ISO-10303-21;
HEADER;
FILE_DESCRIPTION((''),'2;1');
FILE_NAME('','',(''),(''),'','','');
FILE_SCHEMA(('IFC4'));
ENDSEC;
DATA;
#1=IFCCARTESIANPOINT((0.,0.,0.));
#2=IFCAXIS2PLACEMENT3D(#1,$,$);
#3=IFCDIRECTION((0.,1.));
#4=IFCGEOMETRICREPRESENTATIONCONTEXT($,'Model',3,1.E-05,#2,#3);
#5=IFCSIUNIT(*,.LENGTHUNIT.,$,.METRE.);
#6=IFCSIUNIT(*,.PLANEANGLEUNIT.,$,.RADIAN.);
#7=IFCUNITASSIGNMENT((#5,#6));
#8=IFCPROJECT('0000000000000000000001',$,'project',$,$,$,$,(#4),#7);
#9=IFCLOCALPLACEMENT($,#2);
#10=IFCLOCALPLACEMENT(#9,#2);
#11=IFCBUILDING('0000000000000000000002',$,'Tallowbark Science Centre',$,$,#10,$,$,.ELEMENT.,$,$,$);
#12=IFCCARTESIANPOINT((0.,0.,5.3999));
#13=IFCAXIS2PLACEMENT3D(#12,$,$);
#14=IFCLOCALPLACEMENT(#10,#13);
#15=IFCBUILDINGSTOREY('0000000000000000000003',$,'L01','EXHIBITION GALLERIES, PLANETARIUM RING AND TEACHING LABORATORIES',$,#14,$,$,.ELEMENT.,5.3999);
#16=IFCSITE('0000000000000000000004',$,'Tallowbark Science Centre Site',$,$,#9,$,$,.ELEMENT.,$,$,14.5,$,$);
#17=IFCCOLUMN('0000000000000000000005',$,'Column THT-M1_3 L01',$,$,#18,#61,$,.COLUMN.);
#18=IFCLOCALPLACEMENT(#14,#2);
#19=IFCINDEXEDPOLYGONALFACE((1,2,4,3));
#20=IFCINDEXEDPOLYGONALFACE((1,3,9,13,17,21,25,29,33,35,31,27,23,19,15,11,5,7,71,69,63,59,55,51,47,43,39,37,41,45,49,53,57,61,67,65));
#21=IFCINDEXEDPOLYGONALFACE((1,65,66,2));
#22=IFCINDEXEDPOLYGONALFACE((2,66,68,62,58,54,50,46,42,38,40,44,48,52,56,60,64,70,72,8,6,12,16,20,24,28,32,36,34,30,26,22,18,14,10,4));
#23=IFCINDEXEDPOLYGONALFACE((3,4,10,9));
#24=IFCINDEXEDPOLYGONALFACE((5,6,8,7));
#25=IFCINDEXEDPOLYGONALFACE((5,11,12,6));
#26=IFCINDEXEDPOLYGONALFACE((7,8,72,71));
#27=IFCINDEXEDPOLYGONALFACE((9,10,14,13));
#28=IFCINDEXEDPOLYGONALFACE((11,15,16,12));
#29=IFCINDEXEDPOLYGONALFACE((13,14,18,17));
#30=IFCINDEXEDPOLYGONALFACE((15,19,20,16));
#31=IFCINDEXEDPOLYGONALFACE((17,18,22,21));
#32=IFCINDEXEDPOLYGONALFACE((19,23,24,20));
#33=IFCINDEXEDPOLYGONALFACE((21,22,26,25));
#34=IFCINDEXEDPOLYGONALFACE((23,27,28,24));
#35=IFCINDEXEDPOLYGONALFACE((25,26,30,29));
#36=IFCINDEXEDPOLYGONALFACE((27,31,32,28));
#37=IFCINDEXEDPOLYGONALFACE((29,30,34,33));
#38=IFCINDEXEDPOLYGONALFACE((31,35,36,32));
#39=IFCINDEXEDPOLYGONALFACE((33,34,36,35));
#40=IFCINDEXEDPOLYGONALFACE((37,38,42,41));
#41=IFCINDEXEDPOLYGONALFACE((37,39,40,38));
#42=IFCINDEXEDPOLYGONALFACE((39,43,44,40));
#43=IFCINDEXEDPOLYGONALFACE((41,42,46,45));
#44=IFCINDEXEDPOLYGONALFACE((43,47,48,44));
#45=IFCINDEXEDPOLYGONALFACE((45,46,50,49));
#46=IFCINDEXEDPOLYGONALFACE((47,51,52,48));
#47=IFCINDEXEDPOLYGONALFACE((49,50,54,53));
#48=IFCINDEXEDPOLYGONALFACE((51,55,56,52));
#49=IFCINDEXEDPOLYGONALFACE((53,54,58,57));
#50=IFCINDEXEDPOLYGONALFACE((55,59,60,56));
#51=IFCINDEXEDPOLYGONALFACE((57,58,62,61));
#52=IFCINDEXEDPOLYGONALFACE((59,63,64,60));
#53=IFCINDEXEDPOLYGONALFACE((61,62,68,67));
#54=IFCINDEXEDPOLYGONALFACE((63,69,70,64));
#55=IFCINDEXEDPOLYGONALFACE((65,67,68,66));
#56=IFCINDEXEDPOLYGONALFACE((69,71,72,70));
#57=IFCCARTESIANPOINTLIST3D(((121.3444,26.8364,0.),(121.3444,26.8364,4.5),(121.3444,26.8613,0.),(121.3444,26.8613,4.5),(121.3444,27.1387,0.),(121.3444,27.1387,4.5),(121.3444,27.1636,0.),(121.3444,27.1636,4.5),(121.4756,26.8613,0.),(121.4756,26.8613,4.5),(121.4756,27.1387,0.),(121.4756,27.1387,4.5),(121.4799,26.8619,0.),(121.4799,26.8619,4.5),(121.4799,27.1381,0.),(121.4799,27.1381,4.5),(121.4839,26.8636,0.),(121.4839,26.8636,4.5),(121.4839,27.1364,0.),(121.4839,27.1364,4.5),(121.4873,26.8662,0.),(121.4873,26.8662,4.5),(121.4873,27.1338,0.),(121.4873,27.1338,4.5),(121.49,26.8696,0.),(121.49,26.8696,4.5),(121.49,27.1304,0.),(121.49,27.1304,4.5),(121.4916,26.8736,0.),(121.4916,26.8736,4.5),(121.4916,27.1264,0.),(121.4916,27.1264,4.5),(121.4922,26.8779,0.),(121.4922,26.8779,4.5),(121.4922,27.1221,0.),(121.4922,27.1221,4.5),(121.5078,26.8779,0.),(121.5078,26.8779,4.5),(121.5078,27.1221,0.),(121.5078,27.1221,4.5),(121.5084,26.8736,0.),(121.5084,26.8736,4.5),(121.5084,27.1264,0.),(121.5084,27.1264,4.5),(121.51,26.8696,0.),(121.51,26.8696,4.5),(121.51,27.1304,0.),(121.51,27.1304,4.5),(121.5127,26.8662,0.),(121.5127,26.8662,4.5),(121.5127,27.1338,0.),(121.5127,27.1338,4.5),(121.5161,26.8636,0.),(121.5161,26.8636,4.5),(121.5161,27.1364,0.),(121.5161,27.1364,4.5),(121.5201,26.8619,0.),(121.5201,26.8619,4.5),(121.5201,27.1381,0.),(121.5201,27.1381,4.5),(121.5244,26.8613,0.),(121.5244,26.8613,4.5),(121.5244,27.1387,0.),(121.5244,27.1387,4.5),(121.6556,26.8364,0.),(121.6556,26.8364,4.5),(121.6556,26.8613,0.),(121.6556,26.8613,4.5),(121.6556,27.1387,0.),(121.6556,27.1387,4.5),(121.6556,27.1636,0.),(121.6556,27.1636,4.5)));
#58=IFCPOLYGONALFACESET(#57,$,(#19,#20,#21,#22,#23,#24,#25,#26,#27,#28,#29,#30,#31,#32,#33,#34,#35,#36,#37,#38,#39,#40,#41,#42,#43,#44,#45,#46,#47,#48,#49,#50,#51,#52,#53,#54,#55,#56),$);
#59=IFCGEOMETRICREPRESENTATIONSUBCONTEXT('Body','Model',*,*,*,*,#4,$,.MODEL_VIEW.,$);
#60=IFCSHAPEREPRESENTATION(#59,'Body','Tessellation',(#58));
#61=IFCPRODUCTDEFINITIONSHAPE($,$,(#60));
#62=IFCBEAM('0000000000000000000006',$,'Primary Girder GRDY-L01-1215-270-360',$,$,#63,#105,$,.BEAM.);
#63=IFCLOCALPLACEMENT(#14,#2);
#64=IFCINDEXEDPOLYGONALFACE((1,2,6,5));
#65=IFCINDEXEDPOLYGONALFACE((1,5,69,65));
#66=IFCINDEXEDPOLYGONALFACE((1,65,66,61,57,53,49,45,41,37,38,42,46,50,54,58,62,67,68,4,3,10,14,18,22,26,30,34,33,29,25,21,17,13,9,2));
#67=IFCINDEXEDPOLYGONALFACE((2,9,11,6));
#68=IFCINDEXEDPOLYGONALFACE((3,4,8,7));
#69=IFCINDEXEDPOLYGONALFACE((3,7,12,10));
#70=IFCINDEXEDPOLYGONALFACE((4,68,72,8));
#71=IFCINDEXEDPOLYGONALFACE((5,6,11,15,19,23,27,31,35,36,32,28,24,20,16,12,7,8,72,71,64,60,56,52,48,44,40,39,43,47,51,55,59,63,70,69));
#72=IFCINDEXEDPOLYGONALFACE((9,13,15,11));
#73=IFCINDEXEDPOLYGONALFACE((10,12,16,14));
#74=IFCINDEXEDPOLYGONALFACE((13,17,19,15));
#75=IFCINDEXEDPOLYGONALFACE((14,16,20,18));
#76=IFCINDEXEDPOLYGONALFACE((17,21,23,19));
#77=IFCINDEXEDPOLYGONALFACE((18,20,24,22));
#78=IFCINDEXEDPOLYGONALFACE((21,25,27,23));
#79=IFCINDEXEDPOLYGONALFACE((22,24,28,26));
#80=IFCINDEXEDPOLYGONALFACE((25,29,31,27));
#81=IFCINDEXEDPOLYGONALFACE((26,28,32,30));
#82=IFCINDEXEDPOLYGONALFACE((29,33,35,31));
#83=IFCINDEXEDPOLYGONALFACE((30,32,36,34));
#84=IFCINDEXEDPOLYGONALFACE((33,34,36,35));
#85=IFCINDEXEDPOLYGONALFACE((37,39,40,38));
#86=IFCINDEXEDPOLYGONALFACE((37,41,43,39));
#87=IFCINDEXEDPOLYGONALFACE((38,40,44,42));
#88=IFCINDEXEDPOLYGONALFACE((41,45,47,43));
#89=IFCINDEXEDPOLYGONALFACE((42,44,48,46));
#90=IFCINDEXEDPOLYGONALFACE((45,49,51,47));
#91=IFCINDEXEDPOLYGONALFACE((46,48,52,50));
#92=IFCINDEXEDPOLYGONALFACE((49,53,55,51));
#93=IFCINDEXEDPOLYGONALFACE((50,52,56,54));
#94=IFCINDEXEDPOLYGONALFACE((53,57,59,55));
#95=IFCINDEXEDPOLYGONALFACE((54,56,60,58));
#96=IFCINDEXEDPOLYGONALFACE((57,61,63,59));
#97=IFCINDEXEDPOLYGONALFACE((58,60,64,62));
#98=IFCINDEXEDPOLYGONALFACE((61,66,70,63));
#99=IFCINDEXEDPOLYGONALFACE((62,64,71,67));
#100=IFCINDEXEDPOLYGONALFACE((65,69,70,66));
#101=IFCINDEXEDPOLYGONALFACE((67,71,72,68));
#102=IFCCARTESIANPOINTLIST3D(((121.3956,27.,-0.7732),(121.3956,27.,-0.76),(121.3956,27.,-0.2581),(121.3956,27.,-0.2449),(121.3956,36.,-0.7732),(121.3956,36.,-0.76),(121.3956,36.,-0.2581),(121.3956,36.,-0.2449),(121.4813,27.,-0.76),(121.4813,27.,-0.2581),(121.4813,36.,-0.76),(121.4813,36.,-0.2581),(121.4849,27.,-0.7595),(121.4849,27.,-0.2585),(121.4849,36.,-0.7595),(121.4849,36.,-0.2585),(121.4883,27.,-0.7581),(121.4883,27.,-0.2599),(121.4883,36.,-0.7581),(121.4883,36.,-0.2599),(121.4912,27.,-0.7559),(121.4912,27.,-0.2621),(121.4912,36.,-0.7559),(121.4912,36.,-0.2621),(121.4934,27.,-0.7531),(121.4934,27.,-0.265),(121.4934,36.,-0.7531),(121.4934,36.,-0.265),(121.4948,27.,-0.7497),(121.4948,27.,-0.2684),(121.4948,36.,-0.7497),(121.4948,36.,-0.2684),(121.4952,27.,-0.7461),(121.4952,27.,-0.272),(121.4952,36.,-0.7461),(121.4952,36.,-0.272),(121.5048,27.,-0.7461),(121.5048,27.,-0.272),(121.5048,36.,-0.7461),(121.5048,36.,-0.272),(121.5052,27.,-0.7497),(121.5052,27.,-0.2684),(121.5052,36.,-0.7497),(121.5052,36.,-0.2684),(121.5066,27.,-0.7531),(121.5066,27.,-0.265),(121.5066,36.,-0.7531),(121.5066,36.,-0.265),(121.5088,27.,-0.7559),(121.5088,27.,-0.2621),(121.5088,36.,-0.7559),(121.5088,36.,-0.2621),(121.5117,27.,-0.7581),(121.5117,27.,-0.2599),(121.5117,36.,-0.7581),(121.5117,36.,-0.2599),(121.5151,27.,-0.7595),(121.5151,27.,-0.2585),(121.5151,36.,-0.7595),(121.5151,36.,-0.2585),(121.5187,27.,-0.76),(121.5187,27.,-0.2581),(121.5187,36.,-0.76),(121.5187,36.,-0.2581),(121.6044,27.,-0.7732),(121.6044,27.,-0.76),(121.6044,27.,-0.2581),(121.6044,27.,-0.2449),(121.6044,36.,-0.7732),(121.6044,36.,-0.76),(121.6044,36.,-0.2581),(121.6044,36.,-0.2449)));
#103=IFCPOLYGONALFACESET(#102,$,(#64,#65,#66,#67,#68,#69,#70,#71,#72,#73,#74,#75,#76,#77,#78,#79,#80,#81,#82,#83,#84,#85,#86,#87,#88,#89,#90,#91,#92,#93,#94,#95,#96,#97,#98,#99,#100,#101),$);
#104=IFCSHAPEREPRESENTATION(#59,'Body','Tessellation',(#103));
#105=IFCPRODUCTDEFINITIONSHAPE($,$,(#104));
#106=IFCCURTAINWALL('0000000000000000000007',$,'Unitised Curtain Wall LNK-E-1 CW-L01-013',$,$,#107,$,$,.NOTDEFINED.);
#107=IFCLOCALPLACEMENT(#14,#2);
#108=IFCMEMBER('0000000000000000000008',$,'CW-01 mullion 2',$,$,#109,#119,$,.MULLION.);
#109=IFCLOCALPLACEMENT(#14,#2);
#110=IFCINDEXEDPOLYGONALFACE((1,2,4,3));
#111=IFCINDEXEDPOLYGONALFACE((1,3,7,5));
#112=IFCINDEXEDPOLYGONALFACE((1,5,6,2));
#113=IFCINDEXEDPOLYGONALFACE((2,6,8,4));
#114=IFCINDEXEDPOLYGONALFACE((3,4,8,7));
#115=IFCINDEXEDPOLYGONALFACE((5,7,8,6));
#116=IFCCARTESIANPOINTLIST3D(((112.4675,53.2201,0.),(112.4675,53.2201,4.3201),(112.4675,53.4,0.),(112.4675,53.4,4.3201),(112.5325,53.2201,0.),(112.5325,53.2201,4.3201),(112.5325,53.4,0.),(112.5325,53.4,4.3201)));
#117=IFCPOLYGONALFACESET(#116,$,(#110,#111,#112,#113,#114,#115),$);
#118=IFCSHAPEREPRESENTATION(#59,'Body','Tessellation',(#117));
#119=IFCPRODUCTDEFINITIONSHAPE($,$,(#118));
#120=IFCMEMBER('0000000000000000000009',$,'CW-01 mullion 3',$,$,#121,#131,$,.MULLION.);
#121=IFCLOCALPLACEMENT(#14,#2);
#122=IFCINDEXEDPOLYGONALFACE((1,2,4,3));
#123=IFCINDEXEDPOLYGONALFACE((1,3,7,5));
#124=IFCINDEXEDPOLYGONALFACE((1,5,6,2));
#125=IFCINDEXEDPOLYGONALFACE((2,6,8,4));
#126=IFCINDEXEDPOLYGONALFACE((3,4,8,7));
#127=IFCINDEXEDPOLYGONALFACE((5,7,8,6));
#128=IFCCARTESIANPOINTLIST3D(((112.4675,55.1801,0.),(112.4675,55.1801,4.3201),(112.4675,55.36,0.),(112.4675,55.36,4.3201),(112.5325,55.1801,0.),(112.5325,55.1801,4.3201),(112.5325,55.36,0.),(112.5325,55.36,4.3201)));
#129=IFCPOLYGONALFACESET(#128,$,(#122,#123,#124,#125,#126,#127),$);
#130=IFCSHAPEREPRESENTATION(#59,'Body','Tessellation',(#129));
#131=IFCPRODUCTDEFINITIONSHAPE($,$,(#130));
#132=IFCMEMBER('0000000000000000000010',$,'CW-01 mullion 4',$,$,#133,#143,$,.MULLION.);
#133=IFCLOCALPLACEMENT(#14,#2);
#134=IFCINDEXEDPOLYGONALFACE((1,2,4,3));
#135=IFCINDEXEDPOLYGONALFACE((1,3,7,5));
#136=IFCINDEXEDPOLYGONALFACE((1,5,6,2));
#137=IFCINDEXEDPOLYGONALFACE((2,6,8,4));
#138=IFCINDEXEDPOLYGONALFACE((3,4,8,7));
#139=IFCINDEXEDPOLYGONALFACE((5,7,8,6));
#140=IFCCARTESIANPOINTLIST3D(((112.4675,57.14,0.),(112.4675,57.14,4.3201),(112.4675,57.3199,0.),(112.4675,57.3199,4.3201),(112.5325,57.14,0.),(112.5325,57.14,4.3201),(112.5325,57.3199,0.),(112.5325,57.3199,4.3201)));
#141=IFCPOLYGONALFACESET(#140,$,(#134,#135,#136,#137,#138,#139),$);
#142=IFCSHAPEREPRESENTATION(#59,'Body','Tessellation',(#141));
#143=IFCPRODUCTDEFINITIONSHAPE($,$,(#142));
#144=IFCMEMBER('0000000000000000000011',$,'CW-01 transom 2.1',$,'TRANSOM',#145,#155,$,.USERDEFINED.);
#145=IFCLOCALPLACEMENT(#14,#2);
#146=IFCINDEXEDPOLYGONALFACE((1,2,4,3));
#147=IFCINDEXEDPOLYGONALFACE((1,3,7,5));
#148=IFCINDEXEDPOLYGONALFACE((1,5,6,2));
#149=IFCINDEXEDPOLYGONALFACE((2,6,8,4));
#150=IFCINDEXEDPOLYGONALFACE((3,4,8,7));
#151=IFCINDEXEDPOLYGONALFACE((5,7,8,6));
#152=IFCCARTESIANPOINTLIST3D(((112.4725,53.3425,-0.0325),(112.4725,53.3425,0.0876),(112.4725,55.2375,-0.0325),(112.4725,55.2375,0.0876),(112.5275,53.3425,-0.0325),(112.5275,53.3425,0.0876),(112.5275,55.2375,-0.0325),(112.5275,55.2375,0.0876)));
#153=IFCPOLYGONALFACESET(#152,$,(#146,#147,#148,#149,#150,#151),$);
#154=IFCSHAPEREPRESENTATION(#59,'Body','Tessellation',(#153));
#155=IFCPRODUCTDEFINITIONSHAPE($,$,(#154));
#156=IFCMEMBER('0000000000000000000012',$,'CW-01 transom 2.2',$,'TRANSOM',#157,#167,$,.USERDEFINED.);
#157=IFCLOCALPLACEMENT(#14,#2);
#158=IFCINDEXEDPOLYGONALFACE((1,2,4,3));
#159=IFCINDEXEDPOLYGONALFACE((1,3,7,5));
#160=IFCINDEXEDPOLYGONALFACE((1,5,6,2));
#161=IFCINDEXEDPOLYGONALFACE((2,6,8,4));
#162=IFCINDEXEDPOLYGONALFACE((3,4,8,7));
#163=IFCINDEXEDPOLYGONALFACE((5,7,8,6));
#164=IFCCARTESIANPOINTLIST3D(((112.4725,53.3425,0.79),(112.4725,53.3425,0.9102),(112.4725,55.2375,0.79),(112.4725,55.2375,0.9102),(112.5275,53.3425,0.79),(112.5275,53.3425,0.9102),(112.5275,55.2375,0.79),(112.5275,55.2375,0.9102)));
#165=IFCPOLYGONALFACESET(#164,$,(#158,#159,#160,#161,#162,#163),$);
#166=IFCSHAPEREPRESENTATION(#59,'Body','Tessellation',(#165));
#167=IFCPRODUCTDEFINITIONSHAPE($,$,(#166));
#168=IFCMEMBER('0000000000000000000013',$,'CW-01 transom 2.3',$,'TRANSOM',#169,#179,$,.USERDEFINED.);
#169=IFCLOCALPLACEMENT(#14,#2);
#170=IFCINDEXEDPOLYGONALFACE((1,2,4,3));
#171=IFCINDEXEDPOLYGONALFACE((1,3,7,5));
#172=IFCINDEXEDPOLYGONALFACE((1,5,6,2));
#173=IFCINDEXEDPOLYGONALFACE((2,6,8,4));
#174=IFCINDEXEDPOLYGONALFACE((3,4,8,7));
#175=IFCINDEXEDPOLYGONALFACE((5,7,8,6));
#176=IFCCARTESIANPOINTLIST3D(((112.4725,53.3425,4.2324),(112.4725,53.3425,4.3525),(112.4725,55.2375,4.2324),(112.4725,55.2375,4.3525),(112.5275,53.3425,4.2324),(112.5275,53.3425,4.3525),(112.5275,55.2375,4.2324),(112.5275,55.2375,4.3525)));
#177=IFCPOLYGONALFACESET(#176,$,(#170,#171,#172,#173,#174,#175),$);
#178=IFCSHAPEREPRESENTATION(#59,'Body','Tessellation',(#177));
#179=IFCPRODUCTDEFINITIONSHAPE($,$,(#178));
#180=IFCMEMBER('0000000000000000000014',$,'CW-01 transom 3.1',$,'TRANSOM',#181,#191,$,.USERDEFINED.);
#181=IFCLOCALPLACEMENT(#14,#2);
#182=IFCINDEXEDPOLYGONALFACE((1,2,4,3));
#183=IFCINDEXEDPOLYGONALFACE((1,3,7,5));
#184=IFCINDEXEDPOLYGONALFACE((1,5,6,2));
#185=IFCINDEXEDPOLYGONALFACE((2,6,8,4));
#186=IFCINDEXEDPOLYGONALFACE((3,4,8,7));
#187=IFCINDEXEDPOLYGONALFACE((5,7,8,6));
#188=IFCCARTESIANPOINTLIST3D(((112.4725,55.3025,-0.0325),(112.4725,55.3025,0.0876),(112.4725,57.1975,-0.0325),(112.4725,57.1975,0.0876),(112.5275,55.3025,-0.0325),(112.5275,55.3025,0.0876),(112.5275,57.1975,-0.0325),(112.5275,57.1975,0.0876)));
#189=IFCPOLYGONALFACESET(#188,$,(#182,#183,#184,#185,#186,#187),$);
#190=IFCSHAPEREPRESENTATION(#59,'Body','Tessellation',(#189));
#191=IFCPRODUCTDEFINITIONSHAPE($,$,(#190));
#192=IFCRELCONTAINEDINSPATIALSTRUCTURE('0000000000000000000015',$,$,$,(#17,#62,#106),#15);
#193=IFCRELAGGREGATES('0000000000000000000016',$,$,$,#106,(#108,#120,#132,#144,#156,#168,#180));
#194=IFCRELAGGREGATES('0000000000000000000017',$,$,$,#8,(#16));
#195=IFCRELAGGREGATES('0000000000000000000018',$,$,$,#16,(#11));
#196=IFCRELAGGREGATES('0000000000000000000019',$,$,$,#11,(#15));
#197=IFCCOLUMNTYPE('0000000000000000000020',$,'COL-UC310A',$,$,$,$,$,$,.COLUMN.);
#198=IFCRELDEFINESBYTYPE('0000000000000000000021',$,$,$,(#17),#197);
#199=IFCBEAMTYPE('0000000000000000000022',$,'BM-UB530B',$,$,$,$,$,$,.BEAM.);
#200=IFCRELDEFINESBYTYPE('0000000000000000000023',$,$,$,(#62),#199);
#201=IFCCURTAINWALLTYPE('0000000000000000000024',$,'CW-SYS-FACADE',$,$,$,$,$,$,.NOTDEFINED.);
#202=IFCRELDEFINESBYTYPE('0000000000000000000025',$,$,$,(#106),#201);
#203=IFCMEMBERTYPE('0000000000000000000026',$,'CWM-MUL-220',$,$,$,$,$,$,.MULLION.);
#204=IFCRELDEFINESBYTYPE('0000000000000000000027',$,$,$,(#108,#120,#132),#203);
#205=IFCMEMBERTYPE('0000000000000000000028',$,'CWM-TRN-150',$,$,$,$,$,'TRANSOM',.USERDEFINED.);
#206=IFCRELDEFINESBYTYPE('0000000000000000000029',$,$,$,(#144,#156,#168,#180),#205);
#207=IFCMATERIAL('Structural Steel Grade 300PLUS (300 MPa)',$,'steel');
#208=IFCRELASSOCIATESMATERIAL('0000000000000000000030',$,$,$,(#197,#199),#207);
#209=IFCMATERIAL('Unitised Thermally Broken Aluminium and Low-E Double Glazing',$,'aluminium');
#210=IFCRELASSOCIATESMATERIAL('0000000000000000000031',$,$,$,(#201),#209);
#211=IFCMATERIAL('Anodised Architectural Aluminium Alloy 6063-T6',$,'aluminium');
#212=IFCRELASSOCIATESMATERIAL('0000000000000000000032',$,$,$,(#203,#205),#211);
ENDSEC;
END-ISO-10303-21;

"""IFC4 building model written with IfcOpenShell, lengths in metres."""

from ifc_helpers import new_model, si_unit, direction, frame, origin, origin_2d, place, context, subcontext, project, spatial, rectangle, i_section, extrude, material, material_profile, profile_set, type_object, element, aggregate, save


model = new_model("IFC4")

# Units and contexts
model_context = context("Model", 3, precision=1e-05, world=origin(), true_north=direction((0.0, 1.0)))
body_context = subcontext(model_context, "Body", "Model", "MODEL_VIEW")
ifc_project = project(units=[si_unit("LENGTHUNIT", "METRE"), si_unit("PLANEANGLEUNIT", "RADIAN")], contexts=[model_context])

# Site, building, storey
site_placement = place(None, origin())
site = spatial("IfcSite", under=ifc_project, at=site_placement, Name="Tallowbark Science Centre Site", CompositionType="ELEMENT", RefElevation=14.5)
building_placement = place(site_placement, origin())
building = spatial("IfcBuilding", under=site, at=building_placement, Name="Tallowbark Science Centre", CompositionType="ELEMENT")
storey_placement = place(building_placement, frame((0.0, 0.0, 5.3999)))
storey = spatial("IfcBuildingStorey", under=building, at=storey_placement, Name="L01", Description="EXHIBITION GALLERIES, PLANETARIUM RING AND TEACHING LABORATORIES", CompositionType="ELEMENT", Elevation=5.3999)

# Column
ifc_material_1 = material(Name="Structural Steel Grade 300PLUS (300 MPa)", Category="steel")
ifc_material_profile_1 = material_profile(ifc_material_1, i_section(OverallWidth=0.3113, OverallDepth=0.3271, WebThickness=0.0156, FlangeThickness=0.0249, FilletRadius=0.0166, at=origin_2d()), Name="310UC158")
ifc_profile_set_1 = profile_set([ifc_material_profile_1], Name="Structural Steel Grade 300PLUS (300 MPa)")
column_type = type_object("IfcColumnType", Name="COL-UC310A", PredefinedType="COLUMN", material=ifc_profile_set_1)
column_placement = place(storey_placement, frame((121.5, 27.0, 0.0), z_axis=(0.0, 0.0, 1.0), x_axis=(1.0, 0.0, 0.0)))
element("IfcColumn", 1, at=column_placement, inside=storey, type_object=column_type, Name="Column THT-M1_3 L01", PredefinedType="COLUMN", context=body_context, shape_type="SweptSolid", body=[
    extrude(i_section(OverallWidth=0.3113, OverallDepth=0.3271, WebThickness=0.0156, FlangeThickness=0.0249, FilletRadius=0.0166, at=origin_2d()), origin(), (0.0, 0.0, 1.0), 4.5),
])

# Beam
ifc_material_profile_2 = material_profile(ifc_material_1, i_section(OverallWidth=0.2087, OverallDepth=0.5283, WebThickness=0.0095, FlangeThickness=0.0132, FilletRadius=0.0139, at=origin_2d()), Name="530UB82.0")
ifc_profile_set_2 = profile_set([ifc_material_profile_2], Name="Structural Steel Grade 300PLUS (300 MPa)")
beam_type = type_object("IfcBeamType", Name="BM-UB530B", PredefinedType="BEAM", material=ifc_profile_set_2)
beam_placement = place(storey_placement, frame((121.5, 27.0, -0.509), z_axis=(0.0, 1.0, 0.0), x_axis=(-1.0, 0.0, 0.0)))
element("IfcBeam", 2, at=beam_placement, inside=storey, type_object=beam_type, Name="Primary Girder GRDY-L01-1215-270-360", PredefinedType="BEAM", context=body_context, shape_type="SweptSolid", body=[
    extrude(i_section(OverallWidth=0.2087, OverallDepth=0.5283, WebThickness=0.0095, FlangeThickness=0.0132, FilletRadius=0.0139, at=origin_2d()), origin(), (0.0, 0.0, 1.0), 9.0),
])

# Curtain wall, members
ifc_material_2 = material(Name="Unitised Thermally Broken Aluminium and Low-E Double Glazing", Category="aluminium")
curtain_wall_type = type_object("IfcCurtainWallType", Name="CW-SYS-FACADE", PredefinedType="NOTDEFINED", material=ifc_material_2)
curtain_wall_placement = place(storey_placement, origin())
curtain_wall = element("IfcCurtainWall", 3, at=curtain_wall_placement, inside=storey, type_object=curtain_wall_type, Name="Unitised Curtain Wall LNK-E-1 CW-L01-013", PredefinedType="NOTDEFINED")
ifc_material_3 = material(Name="Anodised Architectural Aluminium Alloy 6063-T6", Category="aluminium")
ifc_material_profile_3 = material_profile(ifc_material_3, rectangle(XDim=0.0649, YDim=0.1799, at=origin_2d()), Name="ALU65x180")
ifc_profile_set_3 = profile_set([ifc_material_profile_3], Name="Anodised Architectural Aluminium Alloy 6063-T6")
member_type_1 = type_object("IfcMemberType", Name="CWM-MUL-220", PredefinedType="MULLION", material=ifc_profile_set_3)
member_1_placement = place(storey_placement, frame((112.5, 53.3101, 0.0), z_axis=(0.0, 0.0, 1.0), x_axis=(-1.0, 0.0, 0.0)))
member_1 = element("IfcMember", 4, at=member_1_placement, type_object=member_type_1, Name="CW-01 mullion 2", PredefinedType="MULLION", context=body_context, shape_type="SweptSolid", body=[
    extrude(rectangle(XDim=0.0649, YDim=0.1799, at=origin_2d()), origin(), (0.0, 0.0, 1.0), 4.3201),
])
member_2_placement = place(storey_placement, frame((112.5, 55.27, 0.0), z_axis=(0.0, 0.0, 1.0), x_axis=(-1.0, 0.0, 0.0)))
member_2 = element("IfcMember", 5, at=member_2_placement, type_object=member_type_1, Name="CW-01 mullion 3", PredefinedType="MULLION", context=body_context, shape_type="SweptSolid", body=[
    extrude(rectangle(XDim=0.0649, YDim=0.1799, at=origin_2d()), origin(), (0.0, 0.0, 1.0), 4.3201),
])
member_3_placement = place(storey_placement, frame((112.5, 57.23, 0.0), z_axis=(0.0, 0.0, 1.0), x_axis=(-1.0, 0.0, 0.0)))
member_3 = element("IfcMember", 6, at=member_3_placement, type_object=member_type_1, Name="CW-01 mullion 4", PredefinedType="MULLION", context=body_context, shape_type="SweptSolid", body=[
    extrude(rectangle(XDim=0.0649, YDim=0.1799, at=origin_2d()), origin(), (0.0, 0.0, 1.0), 4.3201),
])
ifc_material_profile_4 = material_profile(ifc_material_3, rectangle(XDim=0.0549, YDim=0.1201, at=origin_2d()), Name="ALU55x120")
ifc_profile_set_4 = profile_set([ifc_material_profile_4], Name="Anodised Architectural Aluminium Alloy 6063-T6")
member_type_2 = type_object("IfcMemberType", Name="CWM-TRN-150", ElementType="TRANSOM", PredefinedType="USERDEFINED", material=ifc_profile_set_4)
member_4_placement = place(storey_placement, frame((112.5, 53.3425, 0.0276), z_axis=(0.0, 1.0, 0.0), x_axis=(-1.0, 0.0, 0.0)))
member_4 = element("IfcMember", 7, at=member_4_placement, type_object=member_type_2, Name="CW-01 transom 2.1", ObjectType="TRANSOM", PredefinedType="USERDEFINED", context=body_context, shape_type="SweptSolid", body=[
    extrude(rectangle(XDim=0.0549, YDim=0.1201, at=origin_2d()), origin(), (0.0, 0.0, 1.0), 1.895),
])
member_5_placement = place(storey_placement, frame((112.5, 53.3425, 0.8501), z_axis=(0.0, 1.0, 0.0), x_axis=(-1.0, 0.0, 0.0)))
member_5 = element("IfcMember", 8, at=member_5_placement, type_object=member_type_2, Name="CW-01 transom 2.2", ObjectType="TRANSOM", PredefinedType="USERDEFINED", context=body_context, shape_type="SweptSolid", body=[
    extrude(rectangle(XDim=0.0549, YDim=0.1201, at=origin_2d()), origin(), (0.0, 0.0, 1.0), 1.895),
])
member_6_placement = place(storey_placement, frame((112.5, 53.3425, 4.2925), z_axis=(0.0, 1.0, 0.0), x_axis=(-1.0, 0.0, 0.0)))
member_6 = element("IfcMember", 9, at=member_6_placement, type_object=member_type_2, Name="CW-01 transom 2.3", ObjectType="TRANSOM", PredefinedType="USERDEFINED", context=body_context, shape_type="SweptSolid", body=[
    extrude(rectangle(XDim=0.0549, YDim=0.1201, at=origin_2d()), origin(), (0.0, 0.0, 1.0), 1.895),
])
member_7_placement = place(storey_placement, frame((112.5, 55.3025, 0.0276), z_axis=(0.0, 1.0, 0.0), x_axis=(-1.0, 0.0, 0.0)))
member_7 = element("IfcMember", 10, at=member_7_placement, type_object=member_type_2, Name="CW-01 transom 3.1", ObjectType="TRANSOM", PredefinedType="USERDEFINED", context=body_context, shape_type="SweptSolid", body=[
    extrude(rectangle(XDim=0.0549, YDim=0.1201, at=origin_2d()), origin(), (0.0, 0.0, 1.0), 1.895),
])
aggregate(curtain_wall, [member_1, member_2, member_3, member_4, member_5, member_6, member_7])

save(model, "model.ifc")
